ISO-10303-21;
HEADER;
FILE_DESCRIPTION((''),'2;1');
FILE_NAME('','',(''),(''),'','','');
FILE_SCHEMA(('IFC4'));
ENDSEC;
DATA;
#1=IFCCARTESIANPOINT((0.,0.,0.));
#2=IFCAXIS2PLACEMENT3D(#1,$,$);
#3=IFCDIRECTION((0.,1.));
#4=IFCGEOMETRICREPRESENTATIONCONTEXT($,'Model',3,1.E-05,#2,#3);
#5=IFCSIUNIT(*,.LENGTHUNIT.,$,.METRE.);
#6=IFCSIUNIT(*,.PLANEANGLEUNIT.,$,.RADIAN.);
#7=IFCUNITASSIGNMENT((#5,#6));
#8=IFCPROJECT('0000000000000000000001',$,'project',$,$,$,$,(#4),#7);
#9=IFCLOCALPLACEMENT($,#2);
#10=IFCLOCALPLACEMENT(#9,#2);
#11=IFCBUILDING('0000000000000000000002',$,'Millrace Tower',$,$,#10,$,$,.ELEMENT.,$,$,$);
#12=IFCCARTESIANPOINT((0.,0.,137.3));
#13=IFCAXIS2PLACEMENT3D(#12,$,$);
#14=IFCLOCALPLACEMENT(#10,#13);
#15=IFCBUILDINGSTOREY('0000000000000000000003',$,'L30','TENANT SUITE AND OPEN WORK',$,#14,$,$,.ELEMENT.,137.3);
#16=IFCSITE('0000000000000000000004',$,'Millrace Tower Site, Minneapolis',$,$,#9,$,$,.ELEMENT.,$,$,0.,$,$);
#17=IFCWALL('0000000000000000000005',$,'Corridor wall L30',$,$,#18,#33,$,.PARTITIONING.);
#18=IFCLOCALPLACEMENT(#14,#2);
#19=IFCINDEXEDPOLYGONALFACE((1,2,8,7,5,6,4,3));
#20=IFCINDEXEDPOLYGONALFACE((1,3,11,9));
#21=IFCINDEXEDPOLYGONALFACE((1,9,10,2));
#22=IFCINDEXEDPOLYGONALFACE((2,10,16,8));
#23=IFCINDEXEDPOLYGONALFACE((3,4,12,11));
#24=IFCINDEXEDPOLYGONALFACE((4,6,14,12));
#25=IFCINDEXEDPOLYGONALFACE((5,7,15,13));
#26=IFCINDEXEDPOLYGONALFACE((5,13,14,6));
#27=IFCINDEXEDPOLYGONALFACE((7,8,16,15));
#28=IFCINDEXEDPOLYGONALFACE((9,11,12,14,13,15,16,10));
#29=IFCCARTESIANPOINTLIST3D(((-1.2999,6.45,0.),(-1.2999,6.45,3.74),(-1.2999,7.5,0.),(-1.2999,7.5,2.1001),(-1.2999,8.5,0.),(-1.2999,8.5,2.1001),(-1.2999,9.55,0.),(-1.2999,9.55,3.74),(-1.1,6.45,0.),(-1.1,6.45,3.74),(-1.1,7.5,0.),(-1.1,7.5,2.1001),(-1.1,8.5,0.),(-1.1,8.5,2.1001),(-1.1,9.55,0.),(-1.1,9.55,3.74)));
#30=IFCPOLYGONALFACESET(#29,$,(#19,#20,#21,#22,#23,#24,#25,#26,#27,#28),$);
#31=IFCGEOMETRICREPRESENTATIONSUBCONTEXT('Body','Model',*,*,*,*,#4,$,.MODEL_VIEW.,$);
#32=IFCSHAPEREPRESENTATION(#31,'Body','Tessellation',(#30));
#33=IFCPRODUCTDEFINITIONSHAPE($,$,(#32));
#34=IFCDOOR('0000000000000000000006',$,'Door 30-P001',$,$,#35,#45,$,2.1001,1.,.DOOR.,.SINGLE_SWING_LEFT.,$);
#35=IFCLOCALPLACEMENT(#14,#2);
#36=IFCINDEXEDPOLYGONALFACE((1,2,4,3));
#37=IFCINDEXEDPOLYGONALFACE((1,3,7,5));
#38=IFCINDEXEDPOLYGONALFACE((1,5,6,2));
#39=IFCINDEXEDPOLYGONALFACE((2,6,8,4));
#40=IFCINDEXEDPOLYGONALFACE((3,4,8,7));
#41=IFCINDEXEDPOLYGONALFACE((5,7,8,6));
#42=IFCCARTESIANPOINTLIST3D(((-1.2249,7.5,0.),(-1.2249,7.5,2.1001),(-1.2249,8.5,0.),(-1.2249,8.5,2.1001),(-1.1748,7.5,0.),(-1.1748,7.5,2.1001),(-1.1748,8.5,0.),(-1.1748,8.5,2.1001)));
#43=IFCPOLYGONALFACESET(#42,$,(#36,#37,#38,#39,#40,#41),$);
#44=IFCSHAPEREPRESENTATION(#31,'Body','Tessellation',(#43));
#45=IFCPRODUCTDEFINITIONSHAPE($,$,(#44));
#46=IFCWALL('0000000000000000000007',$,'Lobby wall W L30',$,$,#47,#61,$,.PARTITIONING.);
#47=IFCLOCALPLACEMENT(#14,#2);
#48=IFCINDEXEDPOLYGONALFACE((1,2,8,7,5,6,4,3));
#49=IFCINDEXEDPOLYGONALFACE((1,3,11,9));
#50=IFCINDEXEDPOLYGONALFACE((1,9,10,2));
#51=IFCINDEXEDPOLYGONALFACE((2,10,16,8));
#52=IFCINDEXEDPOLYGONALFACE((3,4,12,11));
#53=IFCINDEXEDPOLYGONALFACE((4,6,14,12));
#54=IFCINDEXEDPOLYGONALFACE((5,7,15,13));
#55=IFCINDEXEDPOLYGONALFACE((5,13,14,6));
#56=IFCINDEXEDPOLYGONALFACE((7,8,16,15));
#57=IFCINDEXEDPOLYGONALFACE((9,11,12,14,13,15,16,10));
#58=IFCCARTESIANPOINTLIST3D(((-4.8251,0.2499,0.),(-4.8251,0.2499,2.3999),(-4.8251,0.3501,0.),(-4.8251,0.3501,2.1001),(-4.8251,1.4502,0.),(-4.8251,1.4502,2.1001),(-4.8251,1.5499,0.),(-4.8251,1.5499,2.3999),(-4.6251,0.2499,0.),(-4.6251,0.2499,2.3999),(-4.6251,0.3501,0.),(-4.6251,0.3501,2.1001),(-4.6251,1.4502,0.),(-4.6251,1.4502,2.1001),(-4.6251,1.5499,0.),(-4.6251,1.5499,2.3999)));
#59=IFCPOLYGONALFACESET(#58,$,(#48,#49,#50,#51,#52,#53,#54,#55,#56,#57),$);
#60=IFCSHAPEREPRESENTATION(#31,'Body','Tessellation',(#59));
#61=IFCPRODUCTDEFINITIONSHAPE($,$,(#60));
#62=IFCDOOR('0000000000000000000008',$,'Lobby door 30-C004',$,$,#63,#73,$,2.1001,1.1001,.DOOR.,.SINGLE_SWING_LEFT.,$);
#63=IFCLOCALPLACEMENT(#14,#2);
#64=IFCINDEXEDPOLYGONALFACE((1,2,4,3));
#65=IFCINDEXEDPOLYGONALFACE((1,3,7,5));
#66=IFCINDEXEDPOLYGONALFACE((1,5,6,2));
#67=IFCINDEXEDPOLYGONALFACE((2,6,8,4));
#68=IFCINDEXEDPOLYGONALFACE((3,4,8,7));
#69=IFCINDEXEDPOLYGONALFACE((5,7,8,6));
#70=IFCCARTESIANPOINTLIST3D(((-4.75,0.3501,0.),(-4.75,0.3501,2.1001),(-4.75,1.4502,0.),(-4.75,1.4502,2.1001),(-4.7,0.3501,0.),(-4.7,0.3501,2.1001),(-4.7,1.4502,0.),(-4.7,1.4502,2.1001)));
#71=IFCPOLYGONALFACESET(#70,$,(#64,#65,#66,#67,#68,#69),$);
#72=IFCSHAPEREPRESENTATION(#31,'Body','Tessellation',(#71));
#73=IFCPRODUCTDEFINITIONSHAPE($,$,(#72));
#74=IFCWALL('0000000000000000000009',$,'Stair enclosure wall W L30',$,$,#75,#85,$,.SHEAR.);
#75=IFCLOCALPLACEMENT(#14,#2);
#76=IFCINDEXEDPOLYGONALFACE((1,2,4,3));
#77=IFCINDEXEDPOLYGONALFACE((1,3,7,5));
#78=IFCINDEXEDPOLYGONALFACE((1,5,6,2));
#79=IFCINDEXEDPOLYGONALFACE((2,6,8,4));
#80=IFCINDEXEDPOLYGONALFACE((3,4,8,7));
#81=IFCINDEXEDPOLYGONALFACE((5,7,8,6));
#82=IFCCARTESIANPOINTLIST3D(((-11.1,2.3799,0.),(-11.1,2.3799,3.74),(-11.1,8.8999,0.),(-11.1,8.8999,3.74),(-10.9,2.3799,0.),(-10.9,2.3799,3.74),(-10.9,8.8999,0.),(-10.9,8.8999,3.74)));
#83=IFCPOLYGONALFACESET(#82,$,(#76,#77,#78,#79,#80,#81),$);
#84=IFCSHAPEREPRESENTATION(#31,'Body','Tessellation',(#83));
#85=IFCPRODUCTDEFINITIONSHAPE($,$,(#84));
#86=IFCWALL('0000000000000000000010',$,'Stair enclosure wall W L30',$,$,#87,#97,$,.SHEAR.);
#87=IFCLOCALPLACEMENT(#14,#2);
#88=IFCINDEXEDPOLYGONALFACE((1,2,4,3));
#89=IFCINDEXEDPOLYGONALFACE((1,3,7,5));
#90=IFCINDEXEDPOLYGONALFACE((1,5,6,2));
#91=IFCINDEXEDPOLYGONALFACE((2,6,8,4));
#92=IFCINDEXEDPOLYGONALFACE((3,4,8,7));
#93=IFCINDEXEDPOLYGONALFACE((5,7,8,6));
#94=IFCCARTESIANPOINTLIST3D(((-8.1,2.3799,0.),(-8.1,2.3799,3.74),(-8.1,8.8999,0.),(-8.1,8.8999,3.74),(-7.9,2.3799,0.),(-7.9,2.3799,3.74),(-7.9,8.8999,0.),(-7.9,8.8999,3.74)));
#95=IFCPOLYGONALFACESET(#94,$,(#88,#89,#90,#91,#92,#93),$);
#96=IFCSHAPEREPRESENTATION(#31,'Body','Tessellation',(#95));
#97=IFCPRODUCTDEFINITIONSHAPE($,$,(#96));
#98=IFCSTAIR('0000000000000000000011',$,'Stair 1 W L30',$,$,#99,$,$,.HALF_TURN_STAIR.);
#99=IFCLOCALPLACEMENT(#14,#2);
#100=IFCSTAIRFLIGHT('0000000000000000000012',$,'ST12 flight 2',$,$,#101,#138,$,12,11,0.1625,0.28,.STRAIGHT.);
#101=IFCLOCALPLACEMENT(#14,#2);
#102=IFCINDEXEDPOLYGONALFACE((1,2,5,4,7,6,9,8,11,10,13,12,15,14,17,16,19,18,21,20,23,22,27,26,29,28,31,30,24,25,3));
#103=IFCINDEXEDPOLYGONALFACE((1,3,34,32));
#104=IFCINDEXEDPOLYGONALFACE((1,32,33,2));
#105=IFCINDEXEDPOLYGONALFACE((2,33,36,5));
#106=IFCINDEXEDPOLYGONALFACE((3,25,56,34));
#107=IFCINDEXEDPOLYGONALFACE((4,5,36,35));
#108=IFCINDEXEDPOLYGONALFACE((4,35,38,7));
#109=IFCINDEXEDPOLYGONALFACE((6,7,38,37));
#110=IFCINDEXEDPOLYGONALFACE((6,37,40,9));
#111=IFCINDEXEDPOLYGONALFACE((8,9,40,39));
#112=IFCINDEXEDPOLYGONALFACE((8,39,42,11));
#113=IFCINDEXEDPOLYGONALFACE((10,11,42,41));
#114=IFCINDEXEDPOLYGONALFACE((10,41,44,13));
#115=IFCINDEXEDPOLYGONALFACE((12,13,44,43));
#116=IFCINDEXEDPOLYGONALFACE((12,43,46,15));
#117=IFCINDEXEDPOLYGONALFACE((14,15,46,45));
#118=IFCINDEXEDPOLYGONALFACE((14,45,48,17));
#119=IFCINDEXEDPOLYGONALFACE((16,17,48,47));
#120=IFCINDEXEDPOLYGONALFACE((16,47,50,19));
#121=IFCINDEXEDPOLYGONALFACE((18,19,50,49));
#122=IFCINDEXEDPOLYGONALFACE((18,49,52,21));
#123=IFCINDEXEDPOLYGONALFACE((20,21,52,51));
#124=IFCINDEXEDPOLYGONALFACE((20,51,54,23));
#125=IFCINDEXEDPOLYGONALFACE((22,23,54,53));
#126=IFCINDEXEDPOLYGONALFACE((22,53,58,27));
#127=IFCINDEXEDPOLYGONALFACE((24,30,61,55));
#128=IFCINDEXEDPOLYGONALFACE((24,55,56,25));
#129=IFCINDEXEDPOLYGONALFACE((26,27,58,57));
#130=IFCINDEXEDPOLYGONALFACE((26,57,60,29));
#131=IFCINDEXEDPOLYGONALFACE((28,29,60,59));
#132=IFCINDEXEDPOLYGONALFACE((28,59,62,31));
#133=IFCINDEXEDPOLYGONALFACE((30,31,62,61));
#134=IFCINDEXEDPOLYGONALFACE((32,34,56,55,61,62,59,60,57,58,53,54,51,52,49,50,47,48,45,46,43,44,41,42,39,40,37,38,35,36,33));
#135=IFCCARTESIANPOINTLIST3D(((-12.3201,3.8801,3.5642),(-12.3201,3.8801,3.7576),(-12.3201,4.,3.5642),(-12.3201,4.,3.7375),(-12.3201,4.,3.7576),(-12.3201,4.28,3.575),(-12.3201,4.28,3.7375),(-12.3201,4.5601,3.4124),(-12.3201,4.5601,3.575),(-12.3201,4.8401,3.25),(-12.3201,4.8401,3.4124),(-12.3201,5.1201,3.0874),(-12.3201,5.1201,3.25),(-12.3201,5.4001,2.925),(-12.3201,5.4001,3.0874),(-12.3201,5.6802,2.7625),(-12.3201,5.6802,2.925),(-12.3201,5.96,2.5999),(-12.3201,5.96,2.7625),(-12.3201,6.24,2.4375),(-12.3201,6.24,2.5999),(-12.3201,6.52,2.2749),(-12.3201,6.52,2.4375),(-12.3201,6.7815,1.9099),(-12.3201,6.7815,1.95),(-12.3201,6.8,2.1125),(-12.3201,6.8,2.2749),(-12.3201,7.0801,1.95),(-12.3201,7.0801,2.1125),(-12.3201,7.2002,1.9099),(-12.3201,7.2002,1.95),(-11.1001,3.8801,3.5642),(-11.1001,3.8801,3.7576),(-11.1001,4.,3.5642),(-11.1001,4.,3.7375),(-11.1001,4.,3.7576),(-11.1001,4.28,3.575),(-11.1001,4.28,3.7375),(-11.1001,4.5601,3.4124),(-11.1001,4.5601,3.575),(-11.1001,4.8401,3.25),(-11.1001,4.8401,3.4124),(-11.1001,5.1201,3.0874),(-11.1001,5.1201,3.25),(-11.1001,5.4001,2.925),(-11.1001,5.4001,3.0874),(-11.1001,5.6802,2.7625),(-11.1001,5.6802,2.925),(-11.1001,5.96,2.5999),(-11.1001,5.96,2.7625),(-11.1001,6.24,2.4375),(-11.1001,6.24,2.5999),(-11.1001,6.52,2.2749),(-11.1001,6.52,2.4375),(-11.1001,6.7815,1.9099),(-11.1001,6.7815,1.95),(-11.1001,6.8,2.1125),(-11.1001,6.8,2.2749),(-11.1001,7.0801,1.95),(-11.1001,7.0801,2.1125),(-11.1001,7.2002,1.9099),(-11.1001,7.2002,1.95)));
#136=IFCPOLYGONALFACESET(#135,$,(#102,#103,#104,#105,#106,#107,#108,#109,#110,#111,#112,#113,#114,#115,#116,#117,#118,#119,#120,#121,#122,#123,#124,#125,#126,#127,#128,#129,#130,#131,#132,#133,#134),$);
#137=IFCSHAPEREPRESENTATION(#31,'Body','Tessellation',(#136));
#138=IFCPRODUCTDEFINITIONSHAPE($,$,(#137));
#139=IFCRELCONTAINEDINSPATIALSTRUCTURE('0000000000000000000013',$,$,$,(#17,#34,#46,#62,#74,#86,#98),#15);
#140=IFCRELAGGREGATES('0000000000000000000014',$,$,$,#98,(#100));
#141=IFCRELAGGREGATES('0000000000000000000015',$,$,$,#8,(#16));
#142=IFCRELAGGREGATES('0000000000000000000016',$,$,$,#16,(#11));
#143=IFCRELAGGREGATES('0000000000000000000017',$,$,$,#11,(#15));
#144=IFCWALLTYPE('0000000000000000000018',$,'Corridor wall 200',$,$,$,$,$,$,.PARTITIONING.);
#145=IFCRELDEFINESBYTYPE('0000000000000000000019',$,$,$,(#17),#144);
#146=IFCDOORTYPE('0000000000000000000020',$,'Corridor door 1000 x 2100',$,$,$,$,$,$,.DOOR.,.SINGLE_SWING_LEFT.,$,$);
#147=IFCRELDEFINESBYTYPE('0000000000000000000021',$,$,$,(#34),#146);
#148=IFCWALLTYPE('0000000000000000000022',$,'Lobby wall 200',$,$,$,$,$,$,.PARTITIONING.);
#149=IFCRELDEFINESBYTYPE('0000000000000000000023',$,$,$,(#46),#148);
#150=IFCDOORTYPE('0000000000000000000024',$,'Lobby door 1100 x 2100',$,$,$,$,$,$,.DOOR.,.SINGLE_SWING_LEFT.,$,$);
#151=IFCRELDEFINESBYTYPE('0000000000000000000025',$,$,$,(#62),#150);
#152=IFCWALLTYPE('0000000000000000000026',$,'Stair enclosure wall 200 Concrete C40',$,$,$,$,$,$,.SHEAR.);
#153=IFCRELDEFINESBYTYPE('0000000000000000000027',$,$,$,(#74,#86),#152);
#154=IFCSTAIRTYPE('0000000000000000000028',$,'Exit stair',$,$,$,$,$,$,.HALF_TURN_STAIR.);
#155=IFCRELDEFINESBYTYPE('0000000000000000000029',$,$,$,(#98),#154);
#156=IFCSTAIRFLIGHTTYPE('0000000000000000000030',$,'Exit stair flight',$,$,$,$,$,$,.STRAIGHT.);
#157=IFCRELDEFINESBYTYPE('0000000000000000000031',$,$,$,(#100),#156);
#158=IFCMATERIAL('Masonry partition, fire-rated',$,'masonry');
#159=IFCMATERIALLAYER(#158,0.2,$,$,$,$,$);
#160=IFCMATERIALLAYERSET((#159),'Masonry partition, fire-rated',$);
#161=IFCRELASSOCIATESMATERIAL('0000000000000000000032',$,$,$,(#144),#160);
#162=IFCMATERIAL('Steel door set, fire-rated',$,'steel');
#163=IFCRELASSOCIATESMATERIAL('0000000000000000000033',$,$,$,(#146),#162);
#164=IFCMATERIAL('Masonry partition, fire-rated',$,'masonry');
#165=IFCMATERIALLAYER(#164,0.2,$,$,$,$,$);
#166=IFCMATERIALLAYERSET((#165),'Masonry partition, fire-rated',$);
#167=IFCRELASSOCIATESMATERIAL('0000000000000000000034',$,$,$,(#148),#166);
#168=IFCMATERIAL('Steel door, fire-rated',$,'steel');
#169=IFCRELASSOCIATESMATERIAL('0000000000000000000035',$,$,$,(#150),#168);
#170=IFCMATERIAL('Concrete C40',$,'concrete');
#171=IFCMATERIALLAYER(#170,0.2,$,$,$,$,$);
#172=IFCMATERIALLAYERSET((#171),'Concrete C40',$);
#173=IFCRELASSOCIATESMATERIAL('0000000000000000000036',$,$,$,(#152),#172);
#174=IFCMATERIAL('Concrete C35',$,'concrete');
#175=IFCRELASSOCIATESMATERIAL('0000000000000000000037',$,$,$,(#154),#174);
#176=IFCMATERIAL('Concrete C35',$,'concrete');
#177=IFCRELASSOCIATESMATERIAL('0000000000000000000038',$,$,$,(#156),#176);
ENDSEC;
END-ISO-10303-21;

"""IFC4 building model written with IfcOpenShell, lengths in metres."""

from ifc_helpers import new_model, si_unit, direction, frame, frame_2d, origin, place, context, subcontext, project, spatial, polyline, rectangle, outline, extrude, material, layer, layer_set, type_object, element, fill, aggregate, save


model = new_model("IFC4")

# Units and contexts
model_context = context("Model", 3, precision=1e-05, world=origin(), true_north=direction((0.0, 1.0)))
body_context = subcontext(model_context, "Body", "Model", "MODEL_VIEW")
ifc_project = project(units=[si_unit("LENGTHUNIT", "METRE"), si_unit("PLANEANGLEUNIT", "RADIAN")], contexts=[model_context])

# Site, building, storey
site_placement = place(None, origin())
site = spatial("IfcSite", under=ifc_project, at=site_placement, Name="Millrace Tower Site, Minneapolis", CompositionType="ELEMENT", RefElevation=0.0)
building_placement = place(site_placement, origin())
building = spatial("IfcBuilding", under=site, at=building_placement, Name="Millrace Tower", CompositionType="ELEMENT")
storey_placement = place(building_placement, frame((0.0, 0.0, 137.3)))
storey = spatial("IfcBuildingStorey", under=building, at=storey_placement, Name="L30", Description="TENANT SUITE AND OPEN WORK", CompositionType="ELEMENT", Elevation=137.3)

# Shared definitions
placement_1 = place(storey_placement, origin())

# Shared definitions
ifc_material_1 = material(Name="Masonry partition, fire-rated", Category="masonry")
ifc_layer_1 = layer(ifc_material_1, 0.2)
ifc_layer_set_1 = layer_set([ifc_layer_1], Name="Masonry partition, fire-rated")
wall_type_1 = type_object("IfcWallType", Name="Corridor wall 200", PredefinedType="PARTITIONING", material=ifc_layer_set_1)

# Walls, openings, doors
wall_1_placement = place(storey_placement, frame((-1.2, 6.45, 0.0), z_axis=(0.0, 0.0, 1.0), x_axis=(0.0, 1.0, 0.0)))
wall_1 = element("IfcWall", 1, at=wall_1_placement, inside=storey, type_object=wall_type_1, Name="Corridor wall L30", PredefinedType="PARTITIONING", context=body_context, shape_type="SweptSolid", body=[
    extrude(rectangle(XDim=3.1001, YDim=0.2, at=frame_2d((1.55, 0.0))), origin(), (0.0, 0.0, 1.0), 3.74),
])
opening_1_placement = place(wall_1_placement, frame((1.05, 0.0, 0.0)))
opening_1 = element("IfcOpeningElement", 2, at=opening_1_placement, cuts=wall_1, PredefinedType="OPENING", context=body_context, shape_type="SweptSolid", body=[
    extrude(rectangle(XDim=1.0, YDim=2.1001, at=frame_2d((0.5, 1.05))), frame((0.0, 0.1099, 0.0), z_axis=(0.0, -1.0, 0.0), x_axis=(1.0, 0.0, 0.0)), (0.0, 0.0, 1.0), 0.22),
])
ifc_material_2 = material(Name="Steel door set, fire-rated", Category="steel")
door_type_1 = type_object("IfcDoorType", Name="Corridor door 1000 x 2100", OperationType="SINGLE_SWING_LEFT", PredefinedType="DOOR", material=ifc_material_2)
door_1_placement = place(opening_1_placement, origin())
door_1 = element("IfcDoor", 3, at=door_1_placement, inside=storey, type_object=door_type_1, Name="Door 30-P001", OperationType="SINGLE_SWING_LEFT", OverallHeight=2.1001, OverallWidth=1.0, PredefinedType="DOOR", context=body_context, shape_type="SweptSolid", body=[
    extrude(rectangle(XDim=1.0, YDim=2.1001, at=frame_2d((0.5, 1.05))), frame((0.0, 0.0249, 0.0), z_axis=(0.0, -1.0, 0.0), x_axis=(1.0, 0.0, 0.0)), (0.0, 0.0, 1.0), 0.05),
])
fill(opening_1, door_1)
ifc_material_3 = material(Name="Masonry partition, fire-rated", Category="masonry")
ifc_layer_2 = layer(ifc_material_3, 0.2)
ifc_layer_set_2 = layer_set([ifc_layer_2], Name="Masonry partition, fire-rated")
wall_type_2 = type_object("IfcWallType", Name="Lobby wall 200", PredefinedType="PARTITIONING", material=ifc_layer_set_2)
wall_2_placement = place(storey_placement, frame((-4.7251, 0.25, 0.0), z_axis=(0.0, 0.0, 1.0), x_axis=(0.0, 1.0, 0.0)))
wall_2 = element("IfcWall", 4, at=wall_2_placement, inside=storey, type_object=wall_type_2, Name="Lobby wall W L30", PredefinedType="PARTITIONING", context=body_context, shape_type="SweptSolid", body=[
    extrude(rectangle(XDim=1.3, YDim=0.2, at=frame_2d((0.6499, 0.0))), origin(), (0.0, 0.0, 1.0), 2.3999),
])
opening_2_placement = place(wall_2_placement, frame((0.1001, 0.0, 0.0)))
opening_2 = element("IfcOpeningElement", 5, at=opening_2_placement, cuts=wall_2, PredefinedType="OPENING", context=body_context, shape_type="SweptSolid", body=[
    extrude(rectangle(XDim=1.1001, YDim=2.1001, at=frame_2d((0.55, 1.05))), frame((0.0, 0.1099, 0.0), z_axis=(0.0, -1.0, 0.0), x_axis=(1.0, 0.0, 0.0)), (0.0, 0.0, 1.0), 0.22),
])
ifc_material_4 = material(Name="Steel door, fire-rated", Category="steel")
door_type_2 = type_object("IfcDoorType", Name="Lobby door 1100 x 2100", OperationType="SINGLE_SWING_LEFT", PredefinedType="DOOR", material=ifc_material_4)
door_2_placement = place(opening_2_placement, origin())
door_2 = element("IfcDoor", 6, at=door_2_placement, inside=storey, type_object=door_type_2, Name="Lobby door 30-C004", OperationType="SINGLE_SWING_LEFT", OverallHeight=2.1001, OverallWidth=1.1001, PredefinedType="DOOR", context=body_context, shape_type="SweptSolid", body=[
    extrude(rectangle(XDim=1.1001, YDim=2.1001, at=frame_2d((0.55, 1.05))), frame((0.0, 0.0249, 0.0), z_axis=(0.0, -1.0, 0.0), x_axis=(1.0, 0.0, 0.0)), (0.0, 0.0, 1.0), 0.05),
])
fill(opening_2, door_2)

# Walls
ifc_material_5 = material(Name="Concrete C40", Category="concrete")
ifc_layer_3 = layer(ifc_material_5, 0.2)
ifc_layer_set_3 = layer_set([ifc_layer_3], Name="Concrete C40")
wall_type_3 = type_object("IfcWallType", Name="Stair enclosure wall 200 Concrete C40", PredefinedType="SHEAR", material=ifc_layer_set_3)
for number, where, z_axis, x_axis, name in (
    (7, (-11.0, 2.3799, 0.0), (0.0, 0.0, 1.0), (0.0, 1.0, 0.0), "Stair enclosure wall W L30"),
    (8, (-8.0, 2.3799, 0.0), (0.0, 0.0, 1.0), (0.0, 1.0, 0.0), "Stair enclosure wall W L30"),
):
    element("IfcWall", number, at=place(storey_placement, frame(where, z_axis=z_axis, x_axis=x_axis)), inside=storey, type_object=wall_type_3, Name=name, PredefinedType="SHEAR", context=body_context, shape_type="SweptSolid", body=[
        extrude(rectangle(XDim=6.52, YDim=0.2, at=frame_2d((3.26, 0.0))), origin(), (0.0, 0.0, 1.0), 3.74),
    ])

# Stair, stair flight
ifc_material_6 = material(Name="Concrete C35", Category="concrete")
stair_type = type_object("IfcStairType", Name="Exit stair", PredefinedType="HALF_TURN_STAIR", material=ifc_material_6)
stair_1 = element("IfcStair", 9, at=placement_1, inside=storey, type_object=stair_type, Name="Stair 1 W L30", PredefinedType="HALF_TURN_STAIR")
ifc_material_7 = material(Name="Concrete C35", Category="concrete")
stair_flight_type = type_object("IfcStairFlightType", Name="Exit stair flight", PredefinedType="STRAIGHT", material=ifc_material_7)
stair_flight_1_placement = place(storey_placement, frame((-11.71, 7.0801, 1.95), z_axis=(0.0, 0.0, 1.0), x_axis=(0.0, -1.0, 0.0)))
stair_flight_1 = element("IfcStairFlight", 10, at=stair_flight_1_placement, type_object=stair_flight_type, Name="ST12 flight 2", NumberOfRisers=12, NumberOfTreads=11, PredefinedType="STRAIGHT", RiserHeight=0.1625, TreadLength=0.28, context=body_context, shape_type="SweptSolid", body=[
    extrude(outline(polyline([(-0.1201, -0.04), (-0.1201, 0.0), (0.0, 0.0), (0.0, 0.1626), (0.28, 0.1626), (0.28, 0.325), (0.5601, 0.325), (0.5601, 0.4875), (0.8401, 0.4875), (0.8401, 0.6499), (1.1201, 0.6499), (1.1201, 0.8125), (1.3999, 0.8125), (1.3999, 0.9751), (1.6799, 0.9751), (1.6799, 1.1375), (1.96, 1.1375), (1.96, 1.3), (2.24, 1.3), (2.24, 1.4624), (2.52, 1.4624), (2.52, 1.625), (2.8, 1.625), (2.8, 1.7876), (3.0801, 1.7876), (3.0801, 1.8076), (3.2, 1.8076), (3.2, 1.6143), (3.0801, 1.6143), (0.2986, 0.0), (0.2986, -0.04), (-0.1201, -0.04)])), frame((0.0, 0.6099, 0.0), z_axis=(0.0, -1.0, 0.0), x_axis=(1.0, 0.0, 0.0)), (0.0, 0.0, 1.0), 1.22),
])
aggregate(stair_1, [stair_flight_1])

save(model, "model.ifc")
